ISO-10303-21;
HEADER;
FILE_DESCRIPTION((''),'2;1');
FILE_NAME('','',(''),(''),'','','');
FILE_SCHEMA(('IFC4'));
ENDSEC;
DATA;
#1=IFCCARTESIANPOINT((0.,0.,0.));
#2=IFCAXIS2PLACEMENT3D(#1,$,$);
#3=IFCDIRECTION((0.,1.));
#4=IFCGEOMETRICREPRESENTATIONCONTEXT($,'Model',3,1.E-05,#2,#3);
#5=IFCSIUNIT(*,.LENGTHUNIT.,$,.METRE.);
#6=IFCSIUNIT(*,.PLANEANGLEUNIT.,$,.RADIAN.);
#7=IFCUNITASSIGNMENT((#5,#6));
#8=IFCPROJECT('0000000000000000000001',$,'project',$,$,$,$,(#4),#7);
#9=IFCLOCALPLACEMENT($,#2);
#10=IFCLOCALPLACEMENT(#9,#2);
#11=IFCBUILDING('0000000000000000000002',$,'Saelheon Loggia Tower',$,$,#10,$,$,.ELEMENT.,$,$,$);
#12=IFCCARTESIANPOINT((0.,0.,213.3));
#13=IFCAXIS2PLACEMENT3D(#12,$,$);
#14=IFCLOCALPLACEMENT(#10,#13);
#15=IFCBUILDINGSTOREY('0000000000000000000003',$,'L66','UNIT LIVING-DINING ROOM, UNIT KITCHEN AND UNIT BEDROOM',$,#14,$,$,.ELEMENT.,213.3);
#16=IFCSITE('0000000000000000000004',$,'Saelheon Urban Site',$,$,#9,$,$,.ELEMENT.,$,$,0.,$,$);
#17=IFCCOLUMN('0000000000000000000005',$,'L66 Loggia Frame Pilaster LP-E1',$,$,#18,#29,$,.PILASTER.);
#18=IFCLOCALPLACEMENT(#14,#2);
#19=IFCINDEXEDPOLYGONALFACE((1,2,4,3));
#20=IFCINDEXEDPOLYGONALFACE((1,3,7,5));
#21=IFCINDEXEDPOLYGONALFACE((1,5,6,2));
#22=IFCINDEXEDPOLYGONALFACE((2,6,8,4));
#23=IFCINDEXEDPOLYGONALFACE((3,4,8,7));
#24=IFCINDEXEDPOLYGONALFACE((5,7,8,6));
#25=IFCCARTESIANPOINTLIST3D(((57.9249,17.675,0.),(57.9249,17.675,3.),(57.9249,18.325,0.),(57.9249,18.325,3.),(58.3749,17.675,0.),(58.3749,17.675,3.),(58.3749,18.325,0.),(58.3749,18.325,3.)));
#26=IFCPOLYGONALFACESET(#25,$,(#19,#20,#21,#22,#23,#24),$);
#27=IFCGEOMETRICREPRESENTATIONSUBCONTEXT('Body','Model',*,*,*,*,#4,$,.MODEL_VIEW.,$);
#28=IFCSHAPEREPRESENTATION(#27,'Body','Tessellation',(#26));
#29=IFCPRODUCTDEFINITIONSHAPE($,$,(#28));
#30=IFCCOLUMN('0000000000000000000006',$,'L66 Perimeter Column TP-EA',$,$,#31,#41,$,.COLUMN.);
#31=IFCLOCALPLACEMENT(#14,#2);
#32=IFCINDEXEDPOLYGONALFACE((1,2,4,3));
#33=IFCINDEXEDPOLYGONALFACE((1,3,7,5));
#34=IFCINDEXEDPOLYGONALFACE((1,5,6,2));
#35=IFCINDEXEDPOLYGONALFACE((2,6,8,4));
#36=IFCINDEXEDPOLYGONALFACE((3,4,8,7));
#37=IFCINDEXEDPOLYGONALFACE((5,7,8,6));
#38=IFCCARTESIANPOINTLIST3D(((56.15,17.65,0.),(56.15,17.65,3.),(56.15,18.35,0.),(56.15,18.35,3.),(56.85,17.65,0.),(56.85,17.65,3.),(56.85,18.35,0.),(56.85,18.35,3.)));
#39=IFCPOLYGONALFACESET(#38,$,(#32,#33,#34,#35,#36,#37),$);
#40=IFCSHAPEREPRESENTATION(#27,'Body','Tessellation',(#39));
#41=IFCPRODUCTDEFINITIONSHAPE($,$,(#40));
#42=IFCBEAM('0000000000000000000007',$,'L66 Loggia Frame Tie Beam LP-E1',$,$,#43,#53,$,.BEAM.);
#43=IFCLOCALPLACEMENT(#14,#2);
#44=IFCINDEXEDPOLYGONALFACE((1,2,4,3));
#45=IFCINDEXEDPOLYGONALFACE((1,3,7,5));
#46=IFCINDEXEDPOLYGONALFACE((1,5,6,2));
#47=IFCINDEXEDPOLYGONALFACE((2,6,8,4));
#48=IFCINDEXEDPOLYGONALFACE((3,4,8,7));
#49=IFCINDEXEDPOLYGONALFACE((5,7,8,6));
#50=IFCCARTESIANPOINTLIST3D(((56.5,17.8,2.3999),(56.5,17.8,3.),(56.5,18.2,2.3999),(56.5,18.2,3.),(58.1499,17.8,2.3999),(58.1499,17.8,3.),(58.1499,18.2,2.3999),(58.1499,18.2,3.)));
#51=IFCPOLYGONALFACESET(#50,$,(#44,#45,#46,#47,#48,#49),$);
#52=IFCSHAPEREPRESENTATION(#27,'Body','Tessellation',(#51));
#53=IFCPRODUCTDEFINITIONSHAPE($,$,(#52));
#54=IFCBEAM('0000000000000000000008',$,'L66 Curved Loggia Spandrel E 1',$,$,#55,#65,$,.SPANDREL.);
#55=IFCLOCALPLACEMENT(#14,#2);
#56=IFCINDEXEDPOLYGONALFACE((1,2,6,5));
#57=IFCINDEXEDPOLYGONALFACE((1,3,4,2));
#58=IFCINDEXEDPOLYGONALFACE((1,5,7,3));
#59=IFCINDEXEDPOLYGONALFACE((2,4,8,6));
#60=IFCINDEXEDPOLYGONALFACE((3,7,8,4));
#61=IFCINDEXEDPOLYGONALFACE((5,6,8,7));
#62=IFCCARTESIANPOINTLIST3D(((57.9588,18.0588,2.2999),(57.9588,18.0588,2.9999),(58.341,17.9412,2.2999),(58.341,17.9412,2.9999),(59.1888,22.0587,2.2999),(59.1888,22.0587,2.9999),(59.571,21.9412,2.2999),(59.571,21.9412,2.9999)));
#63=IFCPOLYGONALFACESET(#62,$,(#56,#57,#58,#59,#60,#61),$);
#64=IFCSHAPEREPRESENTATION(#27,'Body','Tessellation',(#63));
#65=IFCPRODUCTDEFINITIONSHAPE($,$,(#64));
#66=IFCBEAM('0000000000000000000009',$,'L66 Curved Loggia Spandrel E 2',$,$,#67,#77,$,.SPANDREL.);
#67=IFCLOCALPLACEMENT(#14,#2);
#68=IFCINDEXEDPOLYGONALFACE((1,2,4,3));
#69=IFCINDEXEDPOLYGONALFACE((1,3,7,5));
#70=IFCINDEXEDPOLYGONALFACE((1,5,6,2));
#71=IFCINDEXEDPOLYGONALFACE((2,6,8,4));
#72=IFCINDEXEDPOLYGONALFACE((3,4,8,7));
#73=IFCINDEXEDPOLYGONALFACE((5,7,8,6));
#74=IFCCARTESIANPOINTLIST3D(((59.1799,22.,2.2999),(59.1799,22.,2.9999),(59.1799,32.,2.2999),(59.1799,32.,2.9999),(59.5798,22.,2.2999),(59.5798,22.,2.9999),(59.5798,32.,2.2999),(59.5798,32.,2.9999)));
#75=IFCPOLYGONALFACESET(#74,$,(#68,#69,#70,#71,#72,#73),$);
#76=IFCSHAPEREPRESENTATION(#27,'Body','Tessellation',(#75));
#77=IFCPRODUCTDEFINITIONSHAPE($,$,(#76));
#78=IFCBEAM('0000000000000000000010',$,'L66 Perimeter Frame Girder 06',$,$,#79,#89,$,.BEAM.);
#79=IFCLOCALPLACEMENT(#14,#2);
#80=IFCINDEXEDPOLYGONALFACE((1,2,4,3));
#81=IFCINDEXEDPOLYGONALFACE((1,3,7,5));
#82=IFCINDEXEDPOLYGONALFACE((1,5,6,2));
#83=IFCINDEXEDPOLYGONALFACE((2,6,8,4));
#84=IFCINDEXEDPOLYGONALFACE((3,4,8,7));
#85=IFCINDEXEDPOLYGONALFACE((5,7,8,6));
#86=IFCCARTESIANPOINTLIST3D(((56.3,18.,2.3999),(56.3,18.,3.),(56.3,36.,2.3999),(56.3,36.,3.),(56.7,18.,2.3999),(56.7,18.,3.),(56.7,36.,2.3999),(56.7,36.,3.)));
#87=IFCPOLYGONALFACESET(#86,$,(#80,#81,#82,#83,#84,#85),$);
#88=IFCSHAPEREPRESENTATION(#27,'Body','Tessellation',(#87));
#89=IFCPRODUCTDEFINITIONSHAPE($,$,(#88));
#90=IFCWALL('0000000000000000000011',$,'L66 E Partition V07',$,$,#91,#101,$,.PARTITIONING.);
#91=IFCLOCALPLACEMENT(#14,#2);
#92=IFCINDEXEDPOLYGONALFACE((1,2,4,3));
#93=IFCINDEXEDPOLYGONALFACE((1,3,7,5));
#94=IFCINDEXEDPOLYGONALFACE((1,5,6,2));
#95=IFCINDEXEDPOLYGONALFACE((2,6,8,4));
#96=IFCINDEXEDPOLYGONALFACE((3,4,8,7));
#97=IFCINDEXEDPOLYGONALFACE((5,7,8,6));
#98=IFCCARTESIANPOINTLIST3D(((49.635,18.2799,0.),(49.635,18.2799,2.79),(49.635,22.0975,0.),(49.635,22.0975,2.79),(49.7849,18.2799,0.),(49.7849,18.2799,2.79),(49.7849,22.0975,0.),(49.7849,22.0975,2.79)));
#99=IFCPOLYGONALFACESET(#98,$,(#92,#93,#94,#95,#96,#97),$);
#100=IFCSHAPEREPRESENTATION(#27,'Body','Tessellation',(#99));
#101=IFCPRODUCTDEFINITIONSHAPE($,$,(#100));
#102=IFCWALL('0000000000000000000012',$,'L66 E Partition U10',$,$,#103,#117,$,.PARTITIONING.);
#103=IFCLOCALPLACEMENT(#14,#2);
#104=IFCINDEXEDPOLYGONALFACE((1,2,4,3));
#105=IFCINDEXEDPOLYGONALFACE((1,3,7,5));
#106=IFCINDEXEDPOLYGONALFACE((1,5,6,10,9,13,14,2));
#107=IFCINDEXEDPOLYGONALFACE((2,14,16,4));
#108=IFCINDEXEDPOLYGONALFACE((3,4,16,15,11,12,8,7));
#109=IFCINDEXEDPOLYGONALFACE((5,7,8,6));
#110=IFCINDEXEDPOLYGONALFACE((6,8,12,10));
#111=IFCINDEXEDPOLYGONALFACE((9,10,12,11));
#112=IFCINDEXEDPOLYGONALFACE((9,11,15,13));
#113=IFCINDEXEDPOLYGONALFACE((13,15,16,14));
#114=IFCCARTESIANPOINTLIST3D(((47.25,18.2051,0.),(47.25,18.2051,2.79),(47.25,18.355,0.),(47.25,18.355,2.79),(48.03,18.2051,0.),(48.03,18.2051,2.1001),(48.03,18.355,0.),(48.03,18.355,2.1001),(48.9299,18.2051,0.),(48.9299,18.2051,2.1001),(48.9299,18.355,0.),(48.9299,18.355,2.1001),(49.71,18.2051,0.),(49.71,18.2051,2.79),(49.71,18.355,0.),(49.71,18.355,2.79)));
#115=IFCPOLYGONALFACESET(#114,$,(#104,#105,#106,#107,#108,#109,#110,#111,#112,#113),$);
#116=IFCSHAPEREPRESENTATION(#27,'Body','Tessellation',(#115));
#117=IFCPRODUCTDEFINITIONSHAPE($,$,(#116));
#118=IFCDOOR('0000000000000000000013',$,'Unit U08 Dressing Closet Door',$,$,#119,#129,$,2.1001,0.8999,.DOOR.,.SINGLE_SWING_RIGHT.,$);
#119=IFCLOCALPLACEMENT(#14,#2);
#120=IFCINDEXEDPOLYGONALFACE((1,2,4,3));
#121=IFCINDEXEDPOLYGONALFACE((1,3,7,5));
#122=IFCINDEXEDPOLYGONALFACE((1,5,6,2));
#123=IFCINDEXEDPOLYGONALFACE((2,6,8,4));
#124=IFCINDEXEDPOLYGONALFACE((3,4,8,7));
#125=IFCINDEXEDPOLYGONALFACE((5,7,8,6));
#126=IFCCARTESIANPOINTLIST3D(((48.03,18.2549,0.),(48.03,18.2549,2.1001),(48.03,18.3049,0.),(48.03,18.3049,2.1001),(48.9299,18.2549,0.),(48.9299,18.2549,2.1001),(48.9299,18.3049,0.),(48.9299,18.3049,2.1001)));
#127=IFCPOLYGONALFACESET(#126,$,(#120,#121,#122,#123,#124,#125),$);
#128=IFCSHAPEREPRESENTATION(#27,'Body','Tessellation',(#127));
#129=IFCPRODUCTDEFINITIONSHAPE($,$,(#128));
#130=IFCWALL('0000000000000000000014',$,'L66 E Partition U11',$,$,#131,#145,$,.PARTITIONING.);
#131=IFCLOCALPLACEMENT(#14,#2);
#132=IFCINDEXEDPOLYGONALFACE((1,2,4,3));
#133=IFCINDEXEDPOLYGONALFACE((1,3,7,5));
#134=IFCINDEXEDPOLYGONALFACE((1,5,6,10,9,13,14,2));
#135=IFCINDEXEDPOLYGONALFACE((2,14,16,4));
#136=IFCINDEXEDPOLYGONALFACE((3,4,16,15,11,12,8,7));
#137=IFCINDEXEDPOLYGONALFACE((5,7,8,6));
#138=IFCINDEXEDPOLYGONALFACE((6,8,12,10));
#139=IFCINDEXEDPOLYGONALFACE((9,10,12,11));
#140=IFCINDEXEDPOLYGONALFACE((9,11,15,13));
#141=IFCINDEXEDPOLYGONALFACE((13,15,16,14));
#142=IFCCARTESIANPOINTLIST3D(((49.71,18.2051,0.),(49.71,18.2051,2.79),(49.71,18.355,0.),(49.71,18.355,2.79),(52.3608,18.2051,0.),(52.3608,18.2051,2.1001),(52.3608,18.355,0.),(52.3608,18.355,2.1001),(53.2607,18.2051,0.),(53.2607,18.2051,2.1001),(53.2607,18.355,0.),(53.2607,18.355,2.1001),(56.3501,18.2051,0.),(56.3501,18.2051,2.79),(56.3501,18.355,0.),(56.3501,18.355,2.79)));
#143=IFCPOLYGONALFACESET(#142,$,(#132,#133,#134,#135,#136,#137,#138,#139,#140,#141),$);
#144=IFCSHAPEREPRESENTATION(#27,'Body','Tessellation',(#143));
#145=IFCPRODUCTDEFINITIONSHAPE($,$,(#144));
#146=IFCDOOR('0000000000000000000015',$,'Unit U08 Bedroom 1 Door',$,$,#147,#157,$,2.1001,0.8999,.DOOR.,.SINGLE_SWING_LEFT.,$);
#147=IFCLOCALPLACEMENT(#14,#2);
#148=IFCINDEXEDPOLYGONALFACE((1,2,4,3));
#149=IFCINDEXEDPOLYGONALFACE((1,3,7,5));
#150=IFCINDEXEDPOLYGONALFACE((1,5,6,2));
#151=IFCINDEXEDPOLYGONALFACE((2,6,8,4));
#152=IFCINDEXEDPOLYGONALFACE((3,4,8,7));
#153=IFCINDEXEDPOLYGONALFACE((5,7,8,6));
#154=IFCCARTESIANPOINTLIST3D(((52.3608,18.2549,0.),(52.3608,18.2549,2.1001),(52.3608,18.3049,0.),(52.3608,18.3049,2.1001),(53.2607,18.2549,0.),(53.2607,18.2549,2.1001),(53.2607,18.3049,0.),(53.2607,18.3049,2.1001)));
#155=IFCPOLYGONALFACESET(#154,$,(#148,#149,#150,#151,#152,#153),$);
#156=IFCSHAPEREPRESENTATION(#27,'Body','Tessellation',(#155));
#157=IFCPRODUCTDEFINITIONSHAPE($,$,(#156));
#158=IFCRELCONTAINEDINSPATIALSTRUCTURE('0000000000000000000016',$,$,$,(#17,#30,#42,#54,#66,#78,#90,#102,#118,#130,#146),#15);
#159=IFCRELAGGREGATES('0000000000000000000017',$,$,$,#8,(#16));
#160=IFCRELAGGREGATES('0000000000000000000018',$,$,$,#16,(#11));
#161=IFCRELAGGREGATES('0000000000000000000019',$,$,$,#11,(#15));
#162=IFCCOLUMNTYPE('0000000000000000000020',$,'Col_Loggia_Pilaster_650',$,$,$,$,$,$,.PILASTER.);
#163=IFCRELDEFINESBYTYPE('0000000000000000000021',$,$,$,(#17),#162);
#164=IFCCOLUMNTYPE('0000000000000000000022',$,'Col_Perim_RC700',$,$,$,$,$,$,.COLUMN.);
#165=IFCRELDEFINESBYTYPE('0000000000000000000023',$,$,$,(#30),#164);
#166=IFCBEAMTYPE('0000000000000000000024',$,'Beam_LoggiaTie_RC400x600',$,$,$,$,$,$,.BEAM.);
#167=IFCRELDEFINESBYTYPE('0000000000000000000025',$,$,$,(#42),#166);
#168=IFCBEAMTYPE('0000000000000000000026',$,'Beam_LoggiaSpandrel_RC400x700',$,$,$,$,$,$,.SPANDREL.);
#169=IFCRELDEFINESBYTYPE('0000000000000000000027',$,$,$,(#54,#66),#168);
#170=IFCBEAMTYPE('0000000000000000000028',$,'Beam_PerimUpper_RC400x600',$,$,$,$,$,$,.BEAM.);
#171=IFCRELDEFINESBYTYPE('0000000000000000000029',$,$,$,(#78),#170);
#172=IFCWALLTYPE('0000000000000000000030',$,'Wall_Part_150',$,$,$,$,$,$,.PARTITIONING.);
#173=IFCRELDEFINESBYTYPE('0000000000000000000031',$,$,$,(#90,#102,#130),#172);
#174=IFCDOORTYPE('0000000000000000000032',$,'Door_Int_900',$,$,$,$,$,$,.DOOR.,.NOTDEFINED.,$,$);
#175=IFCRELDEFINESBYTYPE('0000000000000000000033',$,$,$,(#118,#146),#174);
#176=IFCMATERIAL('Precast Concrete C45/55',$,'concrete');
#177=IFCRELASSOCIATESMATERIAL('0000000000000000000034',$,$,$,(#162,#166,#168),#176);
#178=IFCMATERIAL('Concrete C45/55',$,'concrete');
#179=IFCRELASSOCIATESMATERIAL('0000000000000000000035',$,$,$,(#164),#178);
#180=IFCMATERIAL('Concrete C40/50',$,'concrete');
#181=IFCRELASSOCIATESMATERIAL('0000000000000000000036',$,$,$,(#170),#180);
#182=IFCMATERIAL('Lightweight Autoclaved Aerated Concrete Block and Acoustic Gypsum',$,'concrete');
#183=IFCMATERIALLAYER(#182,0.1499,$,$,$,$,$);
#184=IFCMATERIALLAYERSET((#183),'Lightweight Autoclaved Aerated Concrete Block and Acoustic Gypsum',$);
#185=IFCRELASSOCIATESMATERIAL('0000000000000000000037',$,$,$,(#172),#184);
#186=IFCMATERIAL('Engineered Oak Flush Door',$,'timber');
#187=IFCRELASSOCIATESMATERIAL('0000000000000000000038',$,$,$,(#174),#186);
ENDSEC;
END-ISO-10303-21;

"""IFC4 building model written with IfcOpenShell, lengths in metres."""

from ifc_helpers import new_model, si_unit, direction, frame, frame_2d, origin, origin_2d, place, context, subcontext, project, spatial, rectangle, extrude, source, transform, mapped, material, layer, layer_set, material_profile, profile_set, type_object, element, fill, save


model = new_model("IFC4")

# Units and contexts
model_context = context("Model", 3, precision=1e-05, world=origin(), true_north=direction((0.0, 1.0)))
body_context = subcontext(model_context, "Body", "Model", "MODEL_VIEW")
ifc_project = project(units=[si_unit("LENGTHUNIT", "METRE"), si_unit("PLANEANGLEUNIT", "RADIAN")], contexts=[model_context])

# Site, building, storey
site_placement = place(None, origin())
site = spatial("IfcSite", under=ifc_project, at=site_placement, Name="Saelheon Urban Site", CompositionType="ELEMENT", RefElevation=0.0)
building_placement = place(site_placement, origin())
building = spatial("IfcBuilding", under=site, at=building_placement, Name="Saelheon Loggia Tower", CompositionType="ELEMENT")
storey_placement = place(building_placement, frame((0.0, 0.0, 213.3)))
storey = spatial("IfcBuildingStorey", under=building, at=storey_placement, Name="L66", Description="UNIT LIVING-DINING ROOM, UNIT KITCHEN AND UNIT BEDROOM", CompositionType="ELEMENT", Elevation=213.3)

# Columns
ifc_material_1 = material(Name="Precast Concrete C45/55", Category="concrete")
ifc_material_profile_1 = material_profile(ifc_material_1, rectangle(XDim=0.45, YDim=0.6499, at=origin_2d()), Name="RC-450x650")
ifc_profile_set_1 = profile_set([ifc_material_profile_1], Name="Precast Concrete C45/55")
column_type_1 = type_object("IfcColumnType", Name="Col_Loggia_Pilaster_650", PredefinedType="PILASTER", material=ifc_profile_set_1)
shared_shape_1 = source(origin(), body_context, "Body", "SweptSolid", [
    extrude(rectangle(XDim=0.45, YDim=0.6499, at=origin_2d()), origin(), (0.0, 0.0, 1.0), 3.0),
])
column_1_placement = place(storey_placement, frame((58.1499, 18.0, 0.0), z_axis=(0.0, 0.0, 1.0), x_axis=(1.0, 0.0, 0.0)))
element("IfcColumn", 1, at=column_1_placement, inside=storey, type_object=column_type_1, Name="L66 Loggia Frame Pilaster LP-E1", PredefinedType="PILASTER", context=body_context, shape_type="MappedRepresentation", body=[
    mapped(shared_shape_1, transform((0.0, 0.0, 0.0), scale=1.0)),
])
ifc_material_2 = material(Name="Concrete C45/55", Category="concrete")
ifc_material_profile_2 = material_profile(ifc_material_2, rectangle(XDim=0.7, YDim=0.7, at=origin_2d()), Name="RC-700x700")
ifc_profile_set_2 = profile_set([ifc_material_profile_2], Name="Concrete C45/55")
column_type_2 = type_object("IfcColumnType", Name="Col_Perim_RC700", PredefinedType="COLUMN", material=ifc_profile_set_2)
shared_shape_2 = source(origin(), body_context, "Body", "SweptSolid", [
    extrude(rectangle(XDim=0.7, YDim=0.7, at=origin_2d()), origin(), (0.0, 0.0, 1.0), 3.0),
])
column_2_placement = place(storey_placement, frame((56.5, 18.0, 0.0), z_axis=(0.0, 0.0, 1.0), x_axis=(1.0, 0.0, 0.0)))
element("IfcColumn", 2, at=column_2_placement, inside=storey, type_object=column_type_2, Name="L66 Perimeter Column TP-EA", PredefinedType="COLUMN", context=body_context, shape_type="MappedRepresentation", body=[
    mapped(shared_shape_2, transform((0.0, 0.0, 0.0), scale=1.0)),
])

# Beams
ifc_material_profile_3 = material_profile(ifc_material_1, rectangle(XDim=0.3999, YDim=0.6001, at=origin_2d()), Name="RC-400x600")
ifc_profile_set_3 = profile_set([ifc_material_profile_3], Name="Precast Concrete C45/55")
beam_type_1 = type_object("IfcBeamType", Name="Beam_LoggiaTie_RC400x600", PredefinedType="BEAM", material=ifc_profile_set_3)
shared_shape_3 = source(origin(), body_context, "Body", "SweptSolid", [
    extrude(rectangle(XDim=0.3999, YDim=0.6001, at=origin_2d()), origin(), (0.0, 0.0, 1.0), 1.6499),
])
beam_1_placement = place(storey_placement, frame((56.5, 18.0, 2.7), z_axis=(1.0, 0.0, 0.0), x_axis=(0.0, 1.0, 0.0)))
element("IfcBeam", 3, at=beam_1_placement, inside=storey, type_object=beam_type_1, Name="L66 Loggia Frame Tie Beam LP-E1", PredefinedType="BEAM", context=body_context, shape_type="MappedRepresentation", body=[
    mapped(shared_shape_3, transform((0.0, 0.0, 0.0), scale=1.0)),
])
ifc_material_profile_4 = material_profile(ifc_material_1, rectangle(XDim=0.3999, YDim=0.7, at=origin_2d()), Name="RC-400x700")
ifc_profile_set_4 = profile_set([ifc_material_profile_4], Name="Precast Concrete C45/55")
beam_type_2 = type_object("IfcBeamType", Name="Beam_LoggiaSpandrel_RC400x700", PredefinedType="SPANDREL", material=ifc_profile_set_4)
shared_shape_4 = source(origin(), body_context, "Body", "SweptSolid", [
    extrude(rectangle(XDim=0.3999, YDim=0.7, at=origin_2d()), origin(), (0.0, 0.0, 1.0), 4.1848),
])
beam_2_placement = place(storey_placement, frame((58.1499, 18.0, 2.6499), z_axis=(0.293914, 0.955832, 0.0), x_axis=(-0.955832, 0.293914, 0.0)))
element("IfcBeam", 4, at=beam_2_placement, inside=storey, type_object=beam_type_2, Name="L66 Curved Loggia Spandrel E 1", PredefinedType="SPANDREL", context=body_context, shape_type="MappedRepresentation", body=[
    mapped(shared_shape_4, transform((0.0, 0.0, 0.0), scale=1.0)),
])
shared_shape_5 = source(origin(), body_context, "Body", "SweptSolid", [
    extrude(rectangle(XDim=0.3999, YDim=0.7, at=origin_2d()), origin(), (0.0, 0.0, 1.0), 10.0),
])
beam_3_placement = place(storey_placement, frame((59.3799, 22.0, 2.6499), z_axis=(0.0, 1.0, 0.0), x_axis=(-1.0, 0.0, 0.0)))
element("IfcBeam", 5, at=beam_3_placement, inside=storey, type_object=beam_type_2, Name="L66 Curved Loggia Spandrel E 2", PredefinedType="SPANDREL", context=body_context, shape_type="MappedRepresentation", body=[
    mapped(shared_shape_5, transform((0.0, 0.0, 0.0), scale=1.0)),
])
ifc_material_3 = material(Name="Concrete C40/50", Category="concrete")
ifc_material_profile_5 = material_profile(ifc_material_3, rectangle(XDim=0.3999, YDim=0.6001, at=origin_2d()), Name="RC-400x600")
ifc_profile_set_5 = profile_set([ifc_material_profile_5], Name="Concrete C40/50")
beam_type_3 = type_object("IfcBeamType", Name="Beam_PerimUpper_RC400x600", PredefinedType="BEAM", material=ifc_profile_set_5)
shared_shape_6 = source(origin(), body_context, "Body", "SweptSolid", [
    extrude(rectangle(XDim=0.3999, YDim=0.6001, at=origin_2d()), origin(), (0.0, 0.0, 1.0), 18.0),
])
beam_4_placement = place(storey_placement, frame((56.5, 18.0, 2.7), z_axis=(0.0, 1.0, 0.0), x_axis=(-1.0, 0.0, 0.0)))
element("IfcBeam", 6, at=beam_4_placement, inside=storey, type_object=beam_type_3, Name="L66 Perimeter Frame Girder 06", PredefinedType="BEAM", context=body_context, shape_type="MappedRepresentation", body=[
    mapped(shared_shape_6, transform((0.0, 0.0, 0.0), scale=1.0)),
])

# Wall
ifc_material_4 = material(Name="Lightweight Autoclaved Aerated Concrete Block and Acoustic Gypsum", Category="concrete")
ifc_layer_1 = layer(ifc_material_4, 0.1499)
ifc_layer_set_1 = layer_set([ifc_layer_1], Name="Lightweight Autoclaved Aerated Concrete Block and Acoustic Gypsum")
wall_type_1 = type_object("IfcWallType", Name="Wall_Part_150", PredefinedType="PARTITIONING", material=ifc_layer_set_1)
wall_1_placement = place(storey_placement, frame((49.71, 18.28, 0.0), z_axis=(0.0, 0.0, 1.0), x_axis=(0.0, 1.0, 0.0)))
element("IfcWall", 7, at=wall_1_placement, inside=storey, type_object=wall_type_1, Name="L66 E Partition V07", PredefinedType="PARTITIONING", context=body_context, shape_type="SweptSolid", body=[
    extrude(rectangle(XDim=3.8176, YDim=0.1499, at=frame_2d((1.9087, 0.0))), origin(), (0.0, 0.0, 1.0), 2.79),
])

# Walls, openings, doors
wall_2_placement = place(storey_placement, frame((47.25, 18.28, 0.0), z_axis=(0.0, 0.0, 1.0), x_axis=(1.0, 0.0, 0.0)))
wall_2 = element("IfcWall", 8, at=wall_2_placement, inside=storey, type_object=wall_type_1, Name="L66 E Partition U10", PredefinedType="PARTITIONING", context=body_context, shape_type="SweptSolid", body=[
    extrude(rectangle(XDim=2.46, YDim=0.1499, at=frame_2d((1.23, 0.0))), origin(), (0.0, 0.0, 1.0), 2.79),
])
opening_1_placement = place(wall_2_placement, frame((0.78, 0.0, 0.0)))
opening_1 = element("IfcOpeningElement", 9, at=opening_1_placement, cuts=wall_2, PredefinedType="OPENING", context=body_context, shape_type="SweptSolid", body=[
    extrude(rectangle(XDim=0.8999, YDim=2.1001, at=frame_2d((0.45, 1.05))), frame((0.0, 0.0869, 0.0), z_axis=(0.0, -1.0, 0.0), x_axis=(1.0, 0.0, 0.0)), (0.0, 0.0, 1.0), 0.1738),
])
ifc_material_5 = material(Name="Engineered Oak Flush Door", Category="timber")
door_type_1 = type_object("IfcDoorType", Name="Door_Int_900", OperationType="NOTDEFINED", PredefinedType="DOOR", material=ifc_material_5)
shared_shape_7 = source(origin(), body_context, "Body", "SweptSolid", [
    extrude(rectangle(XDim=0.8999, YDim=2.1001, at=frame_2d((0.45, 1.05))), frame((0.0, 0.0249, 0.0), z_axis=(0.0, -1.0, 0.0), x_axis=(1.0, 0.0, 0.0)), (0.0, 0.0, 1.0), 0.05),
])
door_1_placement = place(opening_1_placement, origin())
door_1 = element("IfcDoor", 10, at=door_1_placement, inside=storey, type_object=door_type_1, Name="Unit U08 Dressing Closet Door", OperationType="SINGLE_SWING_RIGHT", OverallHeight=2.1001, OverallWidth=0.8999, PredefinedType="DOOR", context=body_context, shape_type="MappedRepresentation", body=[
    mapped(shared_shape_7, transform((0.0, 0.0, 0.0), scale=1.0)),
])
fill(opening_1, door_1)
wall_3_placement = place(storey_placement, frame((49.71, 18.28, 0.0), z_axis=(0.0, 0.0, 1.0), x_axis=(1.0, 0.0, 0.0)))
wall_3 = element("IfcWall", 11, at=wall_3_placement, inside=storey, type_object=wall_type_1, Name="L66 E Partition U11", PredefinedType="PARTITIONING", context=body_context, shape_type="SweptSolid", body=[
    extrude(rectangle(XDim=6.6401, YDim=0.1499, at=frame_2d((3.3201, 0.0))), origin(), (0.0, 0.0, 1.0), 2.79),
])
opening_2_placement = place(wall_3_placement, frame((2.6509, 0.0, 0.0)))
opening_2 = element("IfcOpeningElement", 12, at=opening_2_placement, cuts=wall_3, PredefinedType="OPENING", context=body_context, shape_type="SweptSolid", body=[
    extrude(rectangle(XDim=0.8999, YDim=2.1001, at=frame_2d((0.45, 1.05))), frame((0.0, 0.0869, 0.0), z_axis=(0.0, -1.0, 0.0), x_axis=(1.0, 0.0, 0.0)), (0.0, 0.0, 1.0), 0.1738),
])
door_2_placement = place(opening_2_placement, origin())
door_2 = element("IfcDoor", 13, at=door_2_placement, inside=storey, type_object=door_type_1, Name="Unit U08 Bedroom 1 Door", OperationType="SINGLE_SWING_LEFT", OverallHeight=2.1001, OverallWidth=0.8999, PredefinedType="DOOR", context=body_context, shape_type="MappedRepresentation", body=[
    mapped(shared_shape_7, transform((0.0, 0.0, 0.0), scale=1.0)),
])
fill(opening_2, door_2)

save(model, "model.ifc")
